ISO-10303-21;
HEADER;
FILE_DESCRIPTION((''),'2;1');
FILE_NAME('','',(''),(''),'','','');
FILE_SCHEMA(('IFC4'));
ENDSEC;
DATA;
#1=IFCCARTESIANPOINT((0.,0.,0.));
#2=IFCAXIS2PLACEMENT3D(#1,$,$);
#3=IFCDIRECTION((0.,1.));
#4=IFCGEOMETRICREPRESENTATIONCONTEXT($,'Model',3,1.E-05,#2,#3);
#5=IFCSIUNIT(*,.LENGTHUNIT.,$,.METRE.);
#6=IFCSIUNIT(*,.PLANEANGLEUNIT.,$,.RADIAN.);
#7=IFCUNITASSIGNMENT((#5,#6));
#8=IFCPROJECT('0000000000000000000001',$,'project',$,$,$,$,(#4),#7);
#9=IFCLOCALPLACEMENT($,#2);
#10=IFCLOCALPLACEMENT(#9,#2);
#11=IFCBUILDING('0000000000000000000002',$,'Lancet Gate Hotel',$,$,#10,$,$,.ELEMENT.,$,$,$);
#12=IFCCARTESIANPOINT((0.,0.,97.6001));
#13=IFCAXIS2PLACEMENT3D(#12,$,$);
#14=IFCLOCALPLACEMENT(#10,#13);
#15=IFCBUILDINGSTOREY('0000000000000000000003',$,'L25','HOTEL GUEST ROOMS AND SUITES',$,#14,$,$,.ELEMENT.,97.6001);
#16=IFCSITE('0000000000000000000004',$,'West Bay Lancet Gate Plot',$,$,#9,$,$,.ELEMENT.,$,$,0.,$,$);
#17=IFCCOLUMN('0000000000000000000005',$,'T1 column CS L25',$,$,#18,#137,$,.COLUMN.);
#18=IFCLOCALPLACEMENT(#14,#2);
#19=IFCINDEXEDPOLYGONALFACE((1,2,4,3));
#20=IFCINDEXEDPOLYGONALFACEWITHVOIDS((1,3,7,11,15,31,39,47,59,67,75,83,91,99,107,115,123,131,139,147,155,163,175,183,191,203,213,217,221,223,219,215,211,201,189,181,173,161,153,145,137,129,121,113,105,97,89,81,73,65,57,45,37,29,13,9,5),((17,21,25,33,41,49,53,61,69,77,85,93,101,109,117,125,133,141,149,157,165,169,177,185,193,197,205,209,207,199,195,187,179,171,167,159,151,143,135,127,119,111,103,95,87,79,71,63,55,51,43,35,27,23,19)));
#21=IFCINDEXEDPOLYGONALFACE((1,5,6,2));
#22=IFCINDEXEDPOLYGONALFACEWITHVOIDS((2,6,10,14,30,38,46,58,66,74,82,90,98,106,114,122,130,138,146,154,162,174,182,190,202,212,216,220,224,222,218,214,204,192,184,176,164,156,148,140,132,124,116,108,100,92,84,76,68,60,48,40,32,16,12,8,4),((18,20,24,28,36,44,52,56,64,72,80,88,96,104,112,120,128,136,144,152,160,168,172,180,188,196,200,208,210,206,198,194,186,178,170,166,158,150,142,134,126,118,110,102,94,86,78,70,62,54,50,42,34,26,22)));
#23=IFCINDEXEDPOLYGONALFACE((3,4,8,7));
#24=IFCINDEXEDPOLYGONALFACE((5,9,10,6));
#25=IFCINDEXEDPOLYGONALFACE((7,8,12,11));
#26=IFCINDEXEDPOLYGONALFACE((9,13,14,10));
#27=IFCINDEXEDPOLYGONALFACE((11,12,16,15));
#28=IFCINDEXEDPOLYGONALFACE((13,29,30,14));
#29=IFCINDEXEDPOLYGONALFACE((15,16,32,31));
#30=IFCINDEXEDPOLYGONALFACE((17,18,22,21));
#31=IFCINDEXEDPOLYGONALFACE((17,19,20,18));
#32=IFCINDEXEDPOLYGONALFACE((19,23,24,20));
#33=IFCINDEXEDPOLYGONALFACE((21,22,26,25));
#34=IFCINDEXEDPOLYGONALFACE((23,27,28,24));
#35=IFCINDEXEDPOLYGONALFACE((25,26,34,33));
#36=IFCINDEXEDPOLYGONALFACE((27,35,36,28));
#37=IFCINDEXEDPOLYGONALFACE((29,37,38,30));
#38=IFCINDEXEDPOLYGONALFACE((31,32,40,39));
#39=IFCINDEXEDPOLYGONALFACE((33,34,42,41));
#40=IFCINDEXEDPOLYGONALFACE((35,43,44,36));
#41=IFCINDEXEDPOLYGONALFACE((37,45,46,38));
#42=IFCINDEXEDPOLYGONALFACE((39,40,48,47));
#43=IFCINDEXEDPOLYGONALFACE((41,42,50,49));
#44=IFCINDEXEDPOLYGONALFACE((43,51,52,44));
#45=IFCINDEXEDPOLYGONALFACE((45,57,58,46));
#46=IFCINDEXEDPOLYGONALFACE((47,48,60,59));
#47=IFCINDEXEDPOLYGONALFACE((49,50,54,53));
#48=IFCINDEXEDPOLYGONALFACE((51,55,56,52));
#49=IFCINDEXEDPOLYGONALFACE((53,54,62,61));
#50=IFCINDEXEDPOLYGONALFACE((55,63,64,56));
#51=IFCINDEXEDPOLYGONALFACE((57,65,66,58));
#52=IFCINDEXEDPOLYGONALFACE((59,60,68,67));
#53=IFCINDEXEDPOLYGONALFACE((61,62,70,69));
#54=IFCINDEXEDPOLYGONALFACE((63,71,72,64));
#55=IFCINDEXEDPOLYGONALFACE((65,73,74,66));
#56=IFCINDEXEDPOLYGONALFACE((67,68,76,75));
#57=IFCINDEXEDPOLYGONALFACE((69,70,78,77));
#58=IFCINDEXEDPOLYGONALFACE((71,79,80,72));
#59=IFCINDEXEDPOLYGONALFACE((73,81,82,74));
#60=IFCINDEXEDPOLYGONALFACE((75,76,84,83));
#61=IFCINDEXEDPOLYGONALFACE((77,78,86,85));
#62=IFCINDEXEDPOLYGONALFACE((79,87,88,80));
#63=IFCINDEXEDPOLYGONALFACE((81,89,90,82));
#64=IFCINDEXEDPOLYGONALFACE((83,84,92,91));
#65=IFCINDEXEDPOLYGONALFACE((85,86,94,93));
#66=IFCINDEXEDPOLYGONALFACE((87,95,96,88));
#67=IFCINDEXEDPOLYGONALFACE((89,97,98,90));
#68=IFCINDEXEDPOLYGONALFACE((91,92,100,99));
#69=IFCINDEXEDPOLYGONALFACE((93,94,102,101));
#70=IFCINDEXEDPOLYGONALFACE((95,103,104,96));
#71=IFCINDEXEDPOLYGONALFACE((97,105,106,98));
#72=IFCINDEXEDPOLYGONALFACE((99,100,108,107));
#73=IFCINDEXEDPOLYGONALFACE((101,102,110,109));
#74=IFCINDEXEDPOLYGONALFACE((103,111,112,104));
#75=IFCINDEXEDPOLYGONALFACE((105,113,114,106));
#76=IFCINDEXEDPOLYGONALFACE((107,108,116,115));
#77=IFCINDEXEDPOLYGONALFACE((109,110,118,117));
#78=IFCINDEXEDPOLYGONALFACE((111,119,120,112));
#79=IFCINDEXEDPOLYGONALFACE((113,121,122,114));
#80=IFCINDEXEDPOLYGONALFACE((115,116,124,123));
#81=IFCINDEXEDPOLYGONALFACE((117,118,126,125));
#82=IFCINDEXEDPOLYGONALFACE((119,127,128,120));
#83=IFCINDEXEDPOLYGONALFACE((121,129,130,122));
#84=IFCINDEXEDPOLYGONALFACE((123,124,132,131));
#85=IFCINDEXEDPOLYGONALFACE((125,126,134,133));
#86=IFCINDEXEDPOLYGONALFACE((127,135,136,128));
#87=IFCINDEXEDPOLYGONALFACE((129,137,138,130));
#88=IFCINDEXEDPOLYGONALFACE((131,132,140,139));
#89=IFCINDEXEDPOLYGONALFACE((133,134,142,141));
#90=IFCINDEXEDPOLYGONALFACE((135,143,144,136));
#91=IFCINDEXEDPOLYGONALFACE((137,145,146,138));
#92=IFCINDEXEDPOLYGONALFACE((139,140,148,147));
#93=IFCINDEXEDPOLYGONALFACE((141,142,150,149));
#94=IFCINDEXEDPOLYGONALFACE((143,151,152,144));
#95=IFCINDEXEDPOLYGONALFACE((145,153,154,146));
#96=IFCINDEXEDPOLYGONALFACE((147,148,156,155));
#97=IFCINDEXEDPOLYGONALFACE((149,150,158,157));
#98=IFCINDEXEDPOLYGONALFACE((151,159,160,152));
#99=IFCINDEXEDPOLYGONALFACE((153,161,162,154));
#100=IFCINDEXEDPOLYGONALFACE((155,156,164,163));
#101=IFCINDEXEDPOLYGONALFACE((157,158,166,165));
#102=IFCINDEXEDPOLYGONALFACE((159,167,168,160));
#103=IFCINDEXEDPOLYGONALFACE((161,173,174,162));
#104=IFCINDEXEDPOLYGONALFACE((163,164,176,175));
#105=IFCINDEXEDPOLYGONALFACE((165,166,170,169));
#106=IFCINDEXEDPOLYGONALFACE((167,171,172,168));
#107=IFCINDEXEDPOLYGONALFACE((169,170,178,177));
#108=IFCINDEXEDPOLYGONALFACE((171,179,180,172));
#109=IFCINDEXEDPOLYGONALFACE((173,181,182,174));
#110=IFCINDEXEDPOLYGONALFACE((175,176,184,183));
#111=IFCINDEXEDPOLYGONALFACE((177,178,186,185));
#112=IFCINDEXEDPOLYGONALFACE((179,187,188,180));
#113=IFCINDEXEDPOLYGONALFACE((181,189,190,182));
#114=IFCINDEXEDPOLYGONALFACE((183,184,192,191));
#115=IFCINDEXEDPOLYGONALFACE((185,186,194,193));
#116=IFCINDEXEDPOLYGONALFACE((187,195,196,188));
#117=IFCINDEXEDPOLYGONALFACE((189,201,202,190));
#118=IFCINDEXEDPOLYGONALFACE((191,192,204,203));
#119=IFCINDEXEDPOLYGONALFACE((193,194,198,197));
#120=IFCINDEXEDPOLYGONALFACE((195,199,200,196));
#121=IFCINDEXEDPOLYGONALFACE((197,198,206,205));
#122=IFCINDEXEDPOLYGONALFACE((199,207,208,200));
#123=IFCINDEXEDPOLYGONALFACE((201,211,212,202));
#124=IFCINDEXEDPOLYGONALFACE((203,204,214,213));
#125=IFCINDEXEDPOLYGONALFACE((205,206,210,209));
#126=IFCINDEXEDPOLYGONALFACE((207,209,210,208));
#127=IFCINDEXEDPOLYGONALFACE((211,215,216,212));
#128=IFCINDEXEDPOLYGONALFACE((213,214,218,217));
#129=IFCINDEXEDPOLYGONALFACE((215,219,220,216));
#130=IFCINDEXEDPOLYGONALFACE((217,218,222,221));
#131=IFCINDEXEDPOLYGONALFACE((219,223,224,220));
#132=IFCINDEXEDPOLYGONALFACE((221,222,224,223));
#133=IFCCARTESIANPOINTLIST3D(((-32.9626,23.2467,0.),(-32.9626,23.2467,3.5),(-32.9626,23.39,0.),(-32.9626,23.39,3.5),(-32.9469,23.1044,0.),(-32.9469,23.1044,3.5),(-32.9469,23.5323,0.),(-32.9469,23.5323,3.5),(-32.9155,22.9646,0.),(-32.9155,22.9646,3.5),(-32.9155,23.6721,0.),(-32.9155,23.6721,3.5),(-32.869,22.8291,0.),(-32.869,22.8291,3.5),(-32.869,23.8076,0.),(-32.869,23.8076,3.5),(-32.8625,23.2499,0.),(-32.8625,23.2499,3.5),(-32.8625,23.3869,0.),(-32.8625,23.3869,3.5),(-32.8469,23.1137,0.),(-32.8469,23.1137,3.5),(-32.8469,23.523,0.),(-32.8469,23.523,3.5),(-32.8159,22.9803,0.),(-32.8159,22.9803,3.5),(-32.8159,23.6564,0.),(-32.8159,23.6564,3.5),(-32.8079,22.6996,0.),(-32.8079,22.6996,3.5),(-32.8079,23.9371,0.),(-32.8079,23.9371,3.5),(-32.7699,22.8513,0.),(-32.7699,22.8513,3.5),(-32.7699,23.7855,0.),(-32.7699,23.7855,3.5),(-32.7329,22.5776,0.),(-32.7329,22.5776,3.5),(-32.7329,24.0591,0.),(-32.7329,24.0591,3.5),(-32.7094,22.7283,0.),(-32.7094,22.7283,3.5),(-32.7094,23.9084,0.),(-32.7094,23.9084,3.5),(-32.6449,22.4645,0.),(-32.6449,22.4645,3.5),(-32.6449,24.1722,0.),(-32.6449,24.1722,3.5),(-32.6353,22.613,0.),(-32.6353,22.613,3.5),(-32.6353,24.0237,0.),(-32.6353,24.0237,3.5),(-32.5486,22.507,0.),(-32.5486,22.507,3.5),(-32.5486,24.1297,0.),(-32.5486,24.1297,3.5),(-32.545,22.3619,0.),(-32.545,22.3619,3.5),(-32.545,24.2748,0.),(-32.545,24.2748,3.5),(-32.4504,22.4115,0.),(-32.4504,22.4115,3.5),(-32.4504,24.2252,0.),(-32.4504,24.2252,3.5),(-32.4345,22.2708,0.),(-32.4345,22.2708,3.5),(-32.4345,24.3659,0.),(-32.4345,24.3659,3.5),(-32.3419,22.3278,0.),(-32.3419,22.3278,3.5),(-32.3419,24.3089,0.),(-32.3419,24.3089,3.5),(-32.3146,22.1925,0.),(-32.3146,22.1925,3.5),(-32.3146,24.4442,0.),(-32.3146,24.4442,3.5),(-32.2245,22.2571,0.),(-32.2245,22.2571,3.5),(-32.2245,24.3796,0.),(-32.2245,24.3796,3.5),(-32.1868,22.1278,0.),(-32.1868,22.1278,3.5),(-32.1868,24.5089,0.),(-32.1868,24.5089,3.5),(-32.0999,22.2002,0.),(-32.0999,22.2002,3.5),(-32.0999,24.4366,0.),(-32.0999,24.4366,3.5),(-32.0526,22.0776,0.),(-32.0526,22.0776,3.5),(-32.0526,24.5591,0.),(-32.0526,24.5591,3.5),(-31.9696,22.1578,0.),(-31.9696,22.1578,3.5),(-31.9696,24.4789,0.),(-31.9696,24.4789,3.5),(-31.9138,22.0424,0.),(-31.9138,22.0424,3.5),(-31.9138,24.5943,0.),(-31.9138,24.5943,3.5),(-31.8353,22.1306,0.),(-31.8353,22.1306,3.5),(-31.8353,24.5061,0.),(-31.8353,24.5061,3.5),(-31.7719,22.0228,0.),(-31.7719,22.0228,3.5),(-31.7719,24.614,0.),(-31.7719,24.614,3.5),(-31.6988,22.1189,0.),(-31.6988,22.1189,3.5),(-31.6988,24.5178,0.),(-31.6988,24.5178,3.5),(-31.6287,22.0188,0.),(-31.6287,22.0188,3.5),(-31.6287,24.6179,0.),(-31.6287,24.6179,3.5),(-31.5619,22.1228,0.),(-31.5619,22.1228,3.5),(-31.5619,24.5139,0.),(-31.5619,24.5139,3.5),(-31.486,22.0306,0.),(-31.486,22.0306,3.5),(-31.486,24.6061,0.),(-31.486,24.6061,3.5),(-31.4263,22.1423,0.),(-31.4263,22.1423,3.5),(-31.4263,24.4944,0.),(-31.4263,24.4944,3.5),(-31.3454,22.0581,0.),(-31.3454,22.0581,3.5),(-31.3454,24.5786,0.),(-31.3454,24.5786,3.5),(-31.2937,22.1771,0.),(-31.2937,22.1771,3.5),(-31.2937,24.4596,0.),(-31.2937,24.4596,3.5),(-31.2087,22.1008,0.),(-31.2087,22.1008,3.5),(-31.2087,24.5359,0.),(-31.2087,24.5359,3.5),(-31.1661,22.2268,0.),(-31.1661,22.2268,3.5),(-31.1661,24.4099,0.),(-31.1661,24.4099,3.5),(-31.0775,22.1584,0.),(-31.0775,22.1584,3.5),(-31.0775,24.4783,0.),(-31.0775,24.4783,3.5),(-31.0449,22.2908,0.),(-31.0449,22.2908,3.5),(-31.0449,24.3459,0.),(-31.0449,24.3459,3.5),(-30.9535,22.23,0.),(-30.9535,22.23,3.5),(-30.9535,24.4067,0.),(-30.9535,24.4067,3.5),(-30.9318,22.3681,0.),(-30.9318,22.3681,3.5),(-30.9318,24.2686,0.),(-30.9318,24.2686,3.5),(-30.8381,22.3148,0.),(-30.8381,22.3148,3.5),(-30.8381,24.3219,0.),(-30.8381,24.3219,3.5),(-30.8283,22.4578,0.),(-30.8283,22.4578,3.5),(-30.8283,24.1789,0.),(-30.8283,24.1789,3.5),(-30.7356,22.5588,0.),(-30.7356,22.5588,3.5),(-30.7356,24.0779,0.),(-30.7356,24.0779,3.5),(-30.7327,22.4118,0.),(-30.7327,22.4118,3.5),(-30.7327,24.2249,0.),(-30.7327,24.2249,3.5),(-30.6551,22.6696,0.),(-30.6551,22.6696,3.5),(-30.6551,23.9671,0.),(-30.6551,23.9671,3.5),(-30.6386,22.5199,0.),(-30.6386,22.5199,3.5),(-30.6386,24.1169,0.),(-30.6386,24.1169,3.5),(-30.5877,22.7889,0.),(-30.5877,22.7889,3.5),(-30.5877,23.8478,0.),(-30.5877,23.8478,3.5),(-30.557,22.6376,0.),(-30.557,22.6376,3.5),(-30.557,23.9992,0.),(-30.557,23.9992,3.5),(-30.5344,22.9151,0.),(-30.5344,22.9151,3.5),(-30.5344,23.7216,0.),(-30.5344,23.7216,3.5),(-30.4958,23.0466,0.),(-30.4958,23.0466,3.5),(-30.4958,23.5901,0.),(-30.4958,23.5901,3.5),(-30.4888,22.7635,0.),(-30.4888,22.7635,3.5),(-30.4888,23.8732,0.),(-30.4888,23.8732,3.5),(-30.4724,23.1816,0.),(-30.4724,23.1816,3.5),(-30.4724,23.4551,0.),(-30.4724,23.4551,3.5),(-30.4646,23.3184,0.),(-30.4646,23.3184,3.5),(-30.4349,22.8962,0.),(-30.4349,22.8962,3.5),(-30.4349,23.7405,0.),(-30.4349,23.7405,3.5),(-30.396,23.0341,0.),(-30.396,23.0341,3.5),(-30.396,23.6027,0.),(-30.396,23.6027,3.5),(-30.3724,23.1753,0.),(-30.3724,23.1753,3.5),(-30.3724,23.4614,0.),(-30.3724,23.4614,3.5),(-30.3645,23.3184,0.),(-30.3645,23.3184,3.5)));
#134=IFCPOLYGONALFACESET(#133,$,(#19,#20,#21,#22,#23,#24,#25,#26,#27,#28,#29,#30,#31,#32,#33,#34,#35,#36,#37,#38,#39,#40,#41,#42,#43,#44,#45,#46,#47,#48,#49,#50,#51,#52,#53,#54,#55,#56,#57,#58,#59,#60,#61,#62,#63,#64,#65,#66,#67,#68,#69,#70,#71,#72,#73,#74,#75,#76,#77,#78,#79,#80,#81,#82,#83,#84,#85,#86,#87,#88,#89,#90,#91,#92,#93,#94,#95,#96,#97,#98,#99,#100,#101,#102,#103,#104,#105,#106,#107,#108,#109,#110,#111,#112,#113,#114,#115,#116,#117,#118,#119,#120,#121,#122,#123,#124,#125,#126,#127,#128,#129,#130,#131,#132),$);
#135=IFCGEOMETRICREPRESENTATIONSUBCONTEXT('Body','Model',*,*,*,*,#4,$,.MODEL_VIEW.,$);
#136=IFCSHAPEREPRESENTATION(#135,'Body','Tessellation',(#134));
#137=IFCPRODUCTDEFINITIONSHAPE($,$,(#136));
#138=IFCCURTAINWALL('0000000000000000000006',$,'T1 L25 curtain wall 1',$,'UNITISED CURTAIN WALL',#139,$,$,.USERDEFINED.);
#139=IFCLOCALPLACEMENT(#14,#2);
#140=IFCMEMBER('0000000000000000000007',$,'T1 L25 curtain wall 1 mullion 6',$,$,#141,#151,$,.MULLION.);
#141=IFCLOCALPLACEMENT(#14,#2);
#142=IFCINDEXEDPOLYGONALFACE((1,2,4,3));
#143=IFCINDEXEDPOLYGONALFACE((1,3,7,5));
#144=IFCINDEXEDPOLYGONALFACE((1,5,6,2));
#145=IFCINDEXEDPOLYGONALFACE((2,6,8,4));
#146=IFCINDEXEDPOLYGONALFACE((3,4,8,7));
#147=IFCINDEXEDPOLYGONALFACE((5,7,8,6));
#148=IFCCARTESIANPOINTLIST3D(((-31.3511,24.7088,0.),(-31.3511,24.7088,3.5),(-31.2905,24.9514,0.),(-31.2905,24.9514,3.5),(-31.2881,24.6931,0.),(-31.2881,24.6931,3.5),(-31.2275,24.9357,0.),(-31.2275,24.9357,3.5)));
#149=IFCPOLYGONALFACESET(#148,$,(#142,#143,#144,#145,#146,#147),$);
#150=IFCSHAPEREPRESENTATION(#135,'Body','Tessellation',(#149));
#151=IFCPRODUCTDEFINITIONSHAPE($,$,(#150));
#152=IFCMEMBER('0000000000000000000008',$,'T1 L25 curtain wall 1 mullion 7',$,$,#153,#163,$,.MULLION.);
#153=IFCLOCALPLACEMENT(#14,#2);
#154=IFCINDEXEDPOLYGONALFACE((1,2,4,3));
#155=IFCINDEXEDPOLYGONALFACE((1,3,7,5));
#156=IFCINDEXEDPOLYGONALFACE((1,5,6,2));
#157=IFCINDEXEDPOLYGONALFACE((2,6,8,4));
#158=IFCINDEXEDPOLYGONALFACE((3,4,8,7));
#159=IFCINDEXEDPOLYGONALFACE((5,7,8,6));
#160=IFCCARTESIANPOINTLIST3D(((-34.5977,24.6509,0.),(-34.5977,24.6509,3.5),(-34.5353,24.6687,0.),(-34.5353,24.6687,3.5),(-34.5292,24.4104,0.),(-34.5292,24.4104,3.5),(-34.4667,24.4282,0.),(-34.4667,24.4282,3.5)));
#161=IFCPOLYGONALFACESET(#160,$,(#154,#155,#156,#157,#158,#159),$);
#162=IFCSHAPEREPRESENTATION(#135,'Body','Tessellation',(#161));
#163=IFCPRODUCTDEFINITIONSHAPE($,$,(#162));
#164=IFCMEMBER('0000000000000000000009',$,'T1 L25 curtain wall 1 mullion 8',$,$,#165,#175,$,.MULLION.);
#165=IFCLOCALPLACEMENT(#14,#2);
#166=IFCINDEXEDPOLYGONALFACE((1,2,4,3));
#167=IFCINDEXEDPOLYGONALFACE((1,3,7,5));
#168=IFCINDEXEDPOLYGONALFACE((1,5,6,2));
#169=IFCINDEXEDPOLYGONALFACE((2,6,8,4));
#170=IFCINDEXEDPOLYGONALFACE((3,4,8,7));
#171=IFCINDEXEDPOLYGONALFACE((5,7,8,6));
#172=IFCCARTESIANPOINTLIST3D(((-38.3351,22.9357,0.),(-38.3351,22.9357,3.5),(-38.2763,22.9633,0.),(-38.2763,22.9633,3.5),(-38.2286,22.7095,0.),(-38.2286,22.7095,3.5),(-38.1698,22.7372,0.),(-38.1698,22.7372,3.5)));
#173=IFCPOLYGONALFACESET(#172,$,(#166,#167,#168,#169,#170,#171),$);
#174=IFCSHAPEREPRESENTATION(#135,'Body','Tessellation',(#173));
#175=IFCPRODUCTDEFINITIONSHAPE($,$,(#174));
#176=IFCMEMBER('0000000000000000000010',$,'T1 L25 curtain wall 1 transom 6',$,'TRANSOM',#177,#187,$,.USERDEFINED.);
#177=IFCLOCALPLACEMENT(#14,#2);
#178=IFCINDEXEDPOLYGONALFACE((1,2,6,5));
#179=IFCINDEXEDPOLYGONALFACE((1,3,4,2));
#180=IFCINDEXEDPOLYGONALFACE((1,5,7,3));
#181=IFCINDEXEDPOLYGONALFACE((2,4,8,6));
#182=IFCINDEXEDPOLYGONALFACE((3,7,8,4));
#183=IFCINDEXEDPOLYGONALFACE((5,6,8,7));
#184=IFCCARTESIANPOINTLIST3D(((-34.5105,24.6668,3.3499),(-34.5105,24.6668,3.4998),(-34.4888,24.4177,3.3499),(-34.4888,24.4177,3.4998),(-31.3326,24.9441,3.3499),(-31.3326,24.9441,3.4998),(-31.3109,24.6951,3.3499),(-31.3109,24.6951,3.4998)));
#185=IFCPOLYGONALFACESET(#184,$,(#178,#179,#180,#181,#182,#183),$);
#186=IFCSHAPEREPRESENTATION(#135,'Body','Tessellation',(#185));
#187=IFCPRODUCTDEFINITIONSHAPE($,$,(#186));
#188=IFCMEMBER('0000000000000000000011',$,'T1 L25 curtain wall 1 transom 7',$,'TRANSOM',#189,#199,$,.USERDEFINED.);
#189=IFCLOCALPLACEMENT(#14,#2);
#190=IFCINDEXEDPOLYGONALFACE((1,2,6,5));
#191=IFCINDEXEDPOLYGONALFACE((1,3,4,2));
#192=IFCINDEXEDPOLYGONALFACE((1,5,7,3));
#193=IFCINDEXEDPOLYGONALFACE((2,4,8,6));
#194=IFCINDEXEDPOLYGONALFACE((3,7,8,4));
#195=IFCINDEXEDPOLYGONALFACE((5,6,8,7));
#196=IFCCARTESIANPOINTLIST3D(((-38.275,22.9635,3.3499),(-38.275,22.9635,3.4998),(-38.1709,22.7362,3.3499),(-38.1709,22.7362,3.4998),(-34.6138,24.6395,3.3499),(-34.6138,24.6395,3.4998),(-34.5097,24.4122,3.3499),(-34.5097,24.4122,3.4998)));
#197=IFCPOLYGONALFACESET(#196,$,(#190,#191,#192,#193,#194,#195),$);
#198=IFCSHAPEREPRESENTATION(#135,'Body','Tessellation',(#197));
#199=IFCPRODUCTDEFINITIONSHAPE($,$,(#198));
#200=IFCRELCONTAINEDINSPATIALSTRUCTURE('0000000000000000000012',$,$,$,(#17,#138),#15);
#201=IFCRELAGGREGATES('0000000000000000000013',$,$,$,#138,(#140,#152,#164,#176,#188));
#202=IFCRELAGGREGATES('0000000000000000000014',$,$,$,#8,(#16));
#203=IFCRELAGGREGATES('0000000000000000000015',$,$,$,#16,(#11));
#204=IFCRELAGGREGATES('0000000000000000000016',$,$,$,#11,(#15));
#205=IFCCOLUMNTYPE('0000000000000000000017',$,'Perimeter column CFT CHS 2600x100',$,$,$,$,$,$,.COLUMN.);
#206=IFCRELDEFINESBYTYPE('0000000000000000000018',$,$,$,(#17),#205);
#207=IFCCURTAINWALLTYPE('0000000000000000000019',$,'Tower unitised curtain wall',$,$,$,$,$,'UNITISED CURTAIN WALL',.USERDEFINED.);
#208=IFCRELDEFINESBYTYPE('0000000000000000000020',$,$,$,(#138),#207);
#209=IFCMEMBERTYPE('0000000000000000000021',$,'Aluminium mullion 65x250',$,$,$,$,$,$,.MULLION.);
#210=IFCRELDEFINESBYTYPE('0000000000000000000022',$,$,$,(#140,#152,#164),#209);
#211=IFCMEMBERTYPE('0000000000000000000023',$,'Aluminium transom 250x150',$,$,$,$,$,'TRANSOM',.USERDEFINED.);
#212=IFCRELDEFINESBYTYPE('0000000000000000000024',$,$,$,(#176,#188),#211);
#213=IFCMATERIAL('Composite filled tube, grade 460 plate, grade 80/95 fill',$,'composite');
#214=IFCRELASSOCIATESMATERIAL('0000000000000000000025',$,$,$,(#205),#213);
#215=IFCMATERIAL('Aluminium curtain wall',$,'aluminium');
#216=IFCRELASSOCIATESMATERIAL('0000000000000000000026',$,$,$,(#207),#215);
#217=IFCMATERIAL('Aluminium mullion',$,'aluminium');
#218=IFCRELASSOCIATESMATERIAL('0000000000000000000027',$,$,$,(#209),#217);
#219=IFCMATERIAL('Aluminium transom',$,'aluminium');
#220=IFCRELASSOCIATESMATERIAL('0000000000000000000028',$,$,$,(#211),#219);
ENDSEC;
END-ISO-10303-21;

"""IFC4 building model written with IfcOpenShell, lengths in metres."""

from ifc_helpers import new_model, si_unit, direction, frame, origin, origin_2d, place, context, subcontext, project, spatial, rectangle, hollow_circle, extrude, material, material_profile, profile_set, type_object, element, aggregate, save


model = new_model("IFC4")

# Units and contexts
model_context = context("Model", 3, precision=1e-05, world=origin(), true_north=direction((0.0, 1.0)))
body_context = subcontext(model_context, "Body", "Model", "MODEL_VIEW")
ifc_project = project(units=[si_unit("LENGTHUNIT", "METRE"), si_unit("PLANEANGLEUNIT", "RADIAN")], contexts=[model_context])

# Site, building, storey
site_placement = place(None, origin())
site = spatial("IfcSite", under=ifc_project, at=site_placement, Name="West Bay Lancet Gate Plot", CompositionType="ELEMENT", RefElevation=0.0)
building_placement = place(site_placement, origin())
building = spatial("IfcBuilding", under=site, at=building_placement, Name="Lancet Gate Hotel", CompositionType="ELEMENT")
storey_placement = place(building_placement, frame((0.0, 0.0, 97.6001)))
storey = spatial("IfcBuildingStorey", under=building, at=storey_placement, Name="L25", Description="HOTEL GUEST ROOMS AND SUITES", CompositionType="ELEMENT", Elevation=97.6001)

# Column
ifc_material_1 = material(Name="Composite filled tube, grade 460 plate, grade 80/95 fill", Category="composite")
ifc_material_profile_1 = material_profile(ifc_material_1, hollow_circle(Radius=1.3, WallThickness=0.1001, at=origin_2d()), Name="CHS 2600x100")
ifc_profile_set_1 = profile_set([ifc_material_profile_1], Name="Composite filled tube, grade 460 plate, grade 80/95 fill")
column_type = type_object("IfcColumnType", Name="Perimeter column CFT CHS 2600x100", PredefinedType="COLUMN", material=ifc_profile_set_1)
column_placement = place(storey_placement, frame((-31.6646, 23.3184, 0.0), z_axis=(0.0, 0.0, 1.0), x_axis=(1.0, 0.0, 0.0)))
element("IfcColumn", 1, at=column_placement, inside=storey, type_object=column_type, Name="T1 column CS L25", PredefinedType="COLUMN", context=body_context, shape_type="SweptSolid", body=[
    extrude(hollow_circle(Radius=1.3, WallThickness=0.1001, at=origin_2d()), origin(), (0.0, 0.0, 1.0), 3.5),
])

# Curtain wall, members
ifc_material_2 = material(Name="Aluminium curtain wall", Category="aluminium")
curtain_wall_type = type_object("IfcCurtainWallType", Name="Tower unitised curtain wall", ElementType="UNITISED CURTAIN WALL", PredefinedType="USERDEFINED", material=ifc_material_2)
curtain_wall_placement = place(storey_placement, origin())
curtain_wall = element("IfcCurtainWall", 2, at=curtain_wall_placement, inside=storey, type_object=curtain_wall_type, Name="T1 L25 curtain wall 1", ObjectType="UNITISED CURTAIN WALL", PredefinedType="USERDEFINED")
ifc_material_3 = material(Name="Aluminium mullion", Category="aluminium")
ifc_material_profile_2 = material_profile(ifc_material_3, rectangle(XDim=0.0649, YDim=0.25, at=origin_2d()), Name="MULLION 65x250")
ifc_profile_set_2 = profile_set([ifc_material_profile_2], Name="Aluminium mullion")
member_type_1 = type_object("IfcMemberType", Name="Aluminium mullion 65x250", PredefinedType="MULLION", material=ifc_profile_set_2)
member_1_placement = place(storey_placement, frame((-31.2893, 24.8223, 0.0), z_axis=(0.0, 0.0, 1.0), x_axis=(-0.970242, 0.242137, 0.0)))
member_1 = element("IfcMember", 3, at=member_1_placement, type_object=member_type_1, Name="T1 L25 curtain wall 1 mullion 6", PredefinedType="MULLION", context=body_context, shape_type="SweptSolid", body=[
    extrude(rectangle(XDim=0.0649, YDim=0.25, at=origin_2d()), origin(), (0.0, 0.0, 1.0), 3.5),
])
member_2_placement = place(storey_placement, frame((-34.5322, 24.5396, 0.0), z_axis=(0.0, 0.0, 1.0), x_axis=(-0.961653, -0.274268, 0.0)))
member_2 = element("IfcMember", 4, at=member_2_placement, type_object=member_type_1, Name="T1 L25 curtain wall 1 mullion 7", PredefinedType="MULLION", context=body_context, shape_type="SweptSolid", body=[
    extrude(rectangle(XDim=0.0649, YDim=0.25, at=origin_2d()), origin(), (0.0, 0.0, 1.0), 3.5),
])
member_3_placement = place(storey_placement, frame((-38.2524, 22.8364, 0.0), z_axis=(0.0, 0.0, 1.0), x_axis=(-0.90472, -0.426008, 0.0)))
member_3 = element("IfcMember", 5, at=member_3_placement, type_object=member_type_1, Name="T1 L25 curtain wall 1 mullion 8", PredefinedType="MULLION", context=body_context, shape_type="SweptSolid", body=[
    extrude(rectangle(XDim=0.0649, YDim=0.25, at=origin_2d()), origin(), (0.0, 0.0, 1.0), 3.5),
])
ifc_material_4 = material(Name="Aluminium transom", Category="aluminium")
ifc_material_profile_3 = material_profile(ifc_material_4, rectangle(XDim=0.25, YDim=0.1499, at=origin_2d()), Name="TRANSOM 250x150")
ifc_profile_set_3 = profile_set([ifc_material_profile_3], Name="Aluminium transom")
member_type_2 = type_object("IfcMemberType", Name="Aluminium transom 250x150", ElementType="TRANSOM", PredefinedType="USERDEFINED", material=ifc_profile_set_3)
member_4_placement = place(storey_placement, frame((-31.3218, 24.8196, 3.4248), z_axis=(-0.996214, -0.08694, 0.0), x_axis=(0.08694, -0.996214, 0.0)))
member_4 = element("IfcMember", 6, at=member_4_placement, type_object=member_type_2, Name="T1 L25 curtain wall 1 transom 6", ObjectType="TRANSOM", PredefinedType="USERDEFINED", context=body_context, shape_type="SweptSolid", body=[
    extrude(rectangle(XDim=0.25, YDim=0.1499, at=origin_2d()), origin(), (0.0, 0.0, 1.0), 3.1899),
])
member_5_placement = place(storey_placement, frame((-34.5618, 24.5259, 3.4248), z_axis=(-0.909252, -0.416245, 0.0), x_axis=(0.416245, -0.909252, 0.0)))
member_5 = element("IfcMember", 7, at=member_5_placement, type_object=member_type_2, Name="T1 L25 curtain wall 1 transom 7", ObjectType="TRANSOM", PredefinedType="USERDEFINED", context=body_context, shape_type="SweptSolid", body=[
    extrude(rectangle(XDim=0.25, YDim=0.1499, at=origin_2d()), origin(), (0.0, 0.0, 1.0), 4.0266),
])

aggregate(curtain_wall, [member_1, member_2, member_3, member_4, member_5])

save(model, "model.ifc")
